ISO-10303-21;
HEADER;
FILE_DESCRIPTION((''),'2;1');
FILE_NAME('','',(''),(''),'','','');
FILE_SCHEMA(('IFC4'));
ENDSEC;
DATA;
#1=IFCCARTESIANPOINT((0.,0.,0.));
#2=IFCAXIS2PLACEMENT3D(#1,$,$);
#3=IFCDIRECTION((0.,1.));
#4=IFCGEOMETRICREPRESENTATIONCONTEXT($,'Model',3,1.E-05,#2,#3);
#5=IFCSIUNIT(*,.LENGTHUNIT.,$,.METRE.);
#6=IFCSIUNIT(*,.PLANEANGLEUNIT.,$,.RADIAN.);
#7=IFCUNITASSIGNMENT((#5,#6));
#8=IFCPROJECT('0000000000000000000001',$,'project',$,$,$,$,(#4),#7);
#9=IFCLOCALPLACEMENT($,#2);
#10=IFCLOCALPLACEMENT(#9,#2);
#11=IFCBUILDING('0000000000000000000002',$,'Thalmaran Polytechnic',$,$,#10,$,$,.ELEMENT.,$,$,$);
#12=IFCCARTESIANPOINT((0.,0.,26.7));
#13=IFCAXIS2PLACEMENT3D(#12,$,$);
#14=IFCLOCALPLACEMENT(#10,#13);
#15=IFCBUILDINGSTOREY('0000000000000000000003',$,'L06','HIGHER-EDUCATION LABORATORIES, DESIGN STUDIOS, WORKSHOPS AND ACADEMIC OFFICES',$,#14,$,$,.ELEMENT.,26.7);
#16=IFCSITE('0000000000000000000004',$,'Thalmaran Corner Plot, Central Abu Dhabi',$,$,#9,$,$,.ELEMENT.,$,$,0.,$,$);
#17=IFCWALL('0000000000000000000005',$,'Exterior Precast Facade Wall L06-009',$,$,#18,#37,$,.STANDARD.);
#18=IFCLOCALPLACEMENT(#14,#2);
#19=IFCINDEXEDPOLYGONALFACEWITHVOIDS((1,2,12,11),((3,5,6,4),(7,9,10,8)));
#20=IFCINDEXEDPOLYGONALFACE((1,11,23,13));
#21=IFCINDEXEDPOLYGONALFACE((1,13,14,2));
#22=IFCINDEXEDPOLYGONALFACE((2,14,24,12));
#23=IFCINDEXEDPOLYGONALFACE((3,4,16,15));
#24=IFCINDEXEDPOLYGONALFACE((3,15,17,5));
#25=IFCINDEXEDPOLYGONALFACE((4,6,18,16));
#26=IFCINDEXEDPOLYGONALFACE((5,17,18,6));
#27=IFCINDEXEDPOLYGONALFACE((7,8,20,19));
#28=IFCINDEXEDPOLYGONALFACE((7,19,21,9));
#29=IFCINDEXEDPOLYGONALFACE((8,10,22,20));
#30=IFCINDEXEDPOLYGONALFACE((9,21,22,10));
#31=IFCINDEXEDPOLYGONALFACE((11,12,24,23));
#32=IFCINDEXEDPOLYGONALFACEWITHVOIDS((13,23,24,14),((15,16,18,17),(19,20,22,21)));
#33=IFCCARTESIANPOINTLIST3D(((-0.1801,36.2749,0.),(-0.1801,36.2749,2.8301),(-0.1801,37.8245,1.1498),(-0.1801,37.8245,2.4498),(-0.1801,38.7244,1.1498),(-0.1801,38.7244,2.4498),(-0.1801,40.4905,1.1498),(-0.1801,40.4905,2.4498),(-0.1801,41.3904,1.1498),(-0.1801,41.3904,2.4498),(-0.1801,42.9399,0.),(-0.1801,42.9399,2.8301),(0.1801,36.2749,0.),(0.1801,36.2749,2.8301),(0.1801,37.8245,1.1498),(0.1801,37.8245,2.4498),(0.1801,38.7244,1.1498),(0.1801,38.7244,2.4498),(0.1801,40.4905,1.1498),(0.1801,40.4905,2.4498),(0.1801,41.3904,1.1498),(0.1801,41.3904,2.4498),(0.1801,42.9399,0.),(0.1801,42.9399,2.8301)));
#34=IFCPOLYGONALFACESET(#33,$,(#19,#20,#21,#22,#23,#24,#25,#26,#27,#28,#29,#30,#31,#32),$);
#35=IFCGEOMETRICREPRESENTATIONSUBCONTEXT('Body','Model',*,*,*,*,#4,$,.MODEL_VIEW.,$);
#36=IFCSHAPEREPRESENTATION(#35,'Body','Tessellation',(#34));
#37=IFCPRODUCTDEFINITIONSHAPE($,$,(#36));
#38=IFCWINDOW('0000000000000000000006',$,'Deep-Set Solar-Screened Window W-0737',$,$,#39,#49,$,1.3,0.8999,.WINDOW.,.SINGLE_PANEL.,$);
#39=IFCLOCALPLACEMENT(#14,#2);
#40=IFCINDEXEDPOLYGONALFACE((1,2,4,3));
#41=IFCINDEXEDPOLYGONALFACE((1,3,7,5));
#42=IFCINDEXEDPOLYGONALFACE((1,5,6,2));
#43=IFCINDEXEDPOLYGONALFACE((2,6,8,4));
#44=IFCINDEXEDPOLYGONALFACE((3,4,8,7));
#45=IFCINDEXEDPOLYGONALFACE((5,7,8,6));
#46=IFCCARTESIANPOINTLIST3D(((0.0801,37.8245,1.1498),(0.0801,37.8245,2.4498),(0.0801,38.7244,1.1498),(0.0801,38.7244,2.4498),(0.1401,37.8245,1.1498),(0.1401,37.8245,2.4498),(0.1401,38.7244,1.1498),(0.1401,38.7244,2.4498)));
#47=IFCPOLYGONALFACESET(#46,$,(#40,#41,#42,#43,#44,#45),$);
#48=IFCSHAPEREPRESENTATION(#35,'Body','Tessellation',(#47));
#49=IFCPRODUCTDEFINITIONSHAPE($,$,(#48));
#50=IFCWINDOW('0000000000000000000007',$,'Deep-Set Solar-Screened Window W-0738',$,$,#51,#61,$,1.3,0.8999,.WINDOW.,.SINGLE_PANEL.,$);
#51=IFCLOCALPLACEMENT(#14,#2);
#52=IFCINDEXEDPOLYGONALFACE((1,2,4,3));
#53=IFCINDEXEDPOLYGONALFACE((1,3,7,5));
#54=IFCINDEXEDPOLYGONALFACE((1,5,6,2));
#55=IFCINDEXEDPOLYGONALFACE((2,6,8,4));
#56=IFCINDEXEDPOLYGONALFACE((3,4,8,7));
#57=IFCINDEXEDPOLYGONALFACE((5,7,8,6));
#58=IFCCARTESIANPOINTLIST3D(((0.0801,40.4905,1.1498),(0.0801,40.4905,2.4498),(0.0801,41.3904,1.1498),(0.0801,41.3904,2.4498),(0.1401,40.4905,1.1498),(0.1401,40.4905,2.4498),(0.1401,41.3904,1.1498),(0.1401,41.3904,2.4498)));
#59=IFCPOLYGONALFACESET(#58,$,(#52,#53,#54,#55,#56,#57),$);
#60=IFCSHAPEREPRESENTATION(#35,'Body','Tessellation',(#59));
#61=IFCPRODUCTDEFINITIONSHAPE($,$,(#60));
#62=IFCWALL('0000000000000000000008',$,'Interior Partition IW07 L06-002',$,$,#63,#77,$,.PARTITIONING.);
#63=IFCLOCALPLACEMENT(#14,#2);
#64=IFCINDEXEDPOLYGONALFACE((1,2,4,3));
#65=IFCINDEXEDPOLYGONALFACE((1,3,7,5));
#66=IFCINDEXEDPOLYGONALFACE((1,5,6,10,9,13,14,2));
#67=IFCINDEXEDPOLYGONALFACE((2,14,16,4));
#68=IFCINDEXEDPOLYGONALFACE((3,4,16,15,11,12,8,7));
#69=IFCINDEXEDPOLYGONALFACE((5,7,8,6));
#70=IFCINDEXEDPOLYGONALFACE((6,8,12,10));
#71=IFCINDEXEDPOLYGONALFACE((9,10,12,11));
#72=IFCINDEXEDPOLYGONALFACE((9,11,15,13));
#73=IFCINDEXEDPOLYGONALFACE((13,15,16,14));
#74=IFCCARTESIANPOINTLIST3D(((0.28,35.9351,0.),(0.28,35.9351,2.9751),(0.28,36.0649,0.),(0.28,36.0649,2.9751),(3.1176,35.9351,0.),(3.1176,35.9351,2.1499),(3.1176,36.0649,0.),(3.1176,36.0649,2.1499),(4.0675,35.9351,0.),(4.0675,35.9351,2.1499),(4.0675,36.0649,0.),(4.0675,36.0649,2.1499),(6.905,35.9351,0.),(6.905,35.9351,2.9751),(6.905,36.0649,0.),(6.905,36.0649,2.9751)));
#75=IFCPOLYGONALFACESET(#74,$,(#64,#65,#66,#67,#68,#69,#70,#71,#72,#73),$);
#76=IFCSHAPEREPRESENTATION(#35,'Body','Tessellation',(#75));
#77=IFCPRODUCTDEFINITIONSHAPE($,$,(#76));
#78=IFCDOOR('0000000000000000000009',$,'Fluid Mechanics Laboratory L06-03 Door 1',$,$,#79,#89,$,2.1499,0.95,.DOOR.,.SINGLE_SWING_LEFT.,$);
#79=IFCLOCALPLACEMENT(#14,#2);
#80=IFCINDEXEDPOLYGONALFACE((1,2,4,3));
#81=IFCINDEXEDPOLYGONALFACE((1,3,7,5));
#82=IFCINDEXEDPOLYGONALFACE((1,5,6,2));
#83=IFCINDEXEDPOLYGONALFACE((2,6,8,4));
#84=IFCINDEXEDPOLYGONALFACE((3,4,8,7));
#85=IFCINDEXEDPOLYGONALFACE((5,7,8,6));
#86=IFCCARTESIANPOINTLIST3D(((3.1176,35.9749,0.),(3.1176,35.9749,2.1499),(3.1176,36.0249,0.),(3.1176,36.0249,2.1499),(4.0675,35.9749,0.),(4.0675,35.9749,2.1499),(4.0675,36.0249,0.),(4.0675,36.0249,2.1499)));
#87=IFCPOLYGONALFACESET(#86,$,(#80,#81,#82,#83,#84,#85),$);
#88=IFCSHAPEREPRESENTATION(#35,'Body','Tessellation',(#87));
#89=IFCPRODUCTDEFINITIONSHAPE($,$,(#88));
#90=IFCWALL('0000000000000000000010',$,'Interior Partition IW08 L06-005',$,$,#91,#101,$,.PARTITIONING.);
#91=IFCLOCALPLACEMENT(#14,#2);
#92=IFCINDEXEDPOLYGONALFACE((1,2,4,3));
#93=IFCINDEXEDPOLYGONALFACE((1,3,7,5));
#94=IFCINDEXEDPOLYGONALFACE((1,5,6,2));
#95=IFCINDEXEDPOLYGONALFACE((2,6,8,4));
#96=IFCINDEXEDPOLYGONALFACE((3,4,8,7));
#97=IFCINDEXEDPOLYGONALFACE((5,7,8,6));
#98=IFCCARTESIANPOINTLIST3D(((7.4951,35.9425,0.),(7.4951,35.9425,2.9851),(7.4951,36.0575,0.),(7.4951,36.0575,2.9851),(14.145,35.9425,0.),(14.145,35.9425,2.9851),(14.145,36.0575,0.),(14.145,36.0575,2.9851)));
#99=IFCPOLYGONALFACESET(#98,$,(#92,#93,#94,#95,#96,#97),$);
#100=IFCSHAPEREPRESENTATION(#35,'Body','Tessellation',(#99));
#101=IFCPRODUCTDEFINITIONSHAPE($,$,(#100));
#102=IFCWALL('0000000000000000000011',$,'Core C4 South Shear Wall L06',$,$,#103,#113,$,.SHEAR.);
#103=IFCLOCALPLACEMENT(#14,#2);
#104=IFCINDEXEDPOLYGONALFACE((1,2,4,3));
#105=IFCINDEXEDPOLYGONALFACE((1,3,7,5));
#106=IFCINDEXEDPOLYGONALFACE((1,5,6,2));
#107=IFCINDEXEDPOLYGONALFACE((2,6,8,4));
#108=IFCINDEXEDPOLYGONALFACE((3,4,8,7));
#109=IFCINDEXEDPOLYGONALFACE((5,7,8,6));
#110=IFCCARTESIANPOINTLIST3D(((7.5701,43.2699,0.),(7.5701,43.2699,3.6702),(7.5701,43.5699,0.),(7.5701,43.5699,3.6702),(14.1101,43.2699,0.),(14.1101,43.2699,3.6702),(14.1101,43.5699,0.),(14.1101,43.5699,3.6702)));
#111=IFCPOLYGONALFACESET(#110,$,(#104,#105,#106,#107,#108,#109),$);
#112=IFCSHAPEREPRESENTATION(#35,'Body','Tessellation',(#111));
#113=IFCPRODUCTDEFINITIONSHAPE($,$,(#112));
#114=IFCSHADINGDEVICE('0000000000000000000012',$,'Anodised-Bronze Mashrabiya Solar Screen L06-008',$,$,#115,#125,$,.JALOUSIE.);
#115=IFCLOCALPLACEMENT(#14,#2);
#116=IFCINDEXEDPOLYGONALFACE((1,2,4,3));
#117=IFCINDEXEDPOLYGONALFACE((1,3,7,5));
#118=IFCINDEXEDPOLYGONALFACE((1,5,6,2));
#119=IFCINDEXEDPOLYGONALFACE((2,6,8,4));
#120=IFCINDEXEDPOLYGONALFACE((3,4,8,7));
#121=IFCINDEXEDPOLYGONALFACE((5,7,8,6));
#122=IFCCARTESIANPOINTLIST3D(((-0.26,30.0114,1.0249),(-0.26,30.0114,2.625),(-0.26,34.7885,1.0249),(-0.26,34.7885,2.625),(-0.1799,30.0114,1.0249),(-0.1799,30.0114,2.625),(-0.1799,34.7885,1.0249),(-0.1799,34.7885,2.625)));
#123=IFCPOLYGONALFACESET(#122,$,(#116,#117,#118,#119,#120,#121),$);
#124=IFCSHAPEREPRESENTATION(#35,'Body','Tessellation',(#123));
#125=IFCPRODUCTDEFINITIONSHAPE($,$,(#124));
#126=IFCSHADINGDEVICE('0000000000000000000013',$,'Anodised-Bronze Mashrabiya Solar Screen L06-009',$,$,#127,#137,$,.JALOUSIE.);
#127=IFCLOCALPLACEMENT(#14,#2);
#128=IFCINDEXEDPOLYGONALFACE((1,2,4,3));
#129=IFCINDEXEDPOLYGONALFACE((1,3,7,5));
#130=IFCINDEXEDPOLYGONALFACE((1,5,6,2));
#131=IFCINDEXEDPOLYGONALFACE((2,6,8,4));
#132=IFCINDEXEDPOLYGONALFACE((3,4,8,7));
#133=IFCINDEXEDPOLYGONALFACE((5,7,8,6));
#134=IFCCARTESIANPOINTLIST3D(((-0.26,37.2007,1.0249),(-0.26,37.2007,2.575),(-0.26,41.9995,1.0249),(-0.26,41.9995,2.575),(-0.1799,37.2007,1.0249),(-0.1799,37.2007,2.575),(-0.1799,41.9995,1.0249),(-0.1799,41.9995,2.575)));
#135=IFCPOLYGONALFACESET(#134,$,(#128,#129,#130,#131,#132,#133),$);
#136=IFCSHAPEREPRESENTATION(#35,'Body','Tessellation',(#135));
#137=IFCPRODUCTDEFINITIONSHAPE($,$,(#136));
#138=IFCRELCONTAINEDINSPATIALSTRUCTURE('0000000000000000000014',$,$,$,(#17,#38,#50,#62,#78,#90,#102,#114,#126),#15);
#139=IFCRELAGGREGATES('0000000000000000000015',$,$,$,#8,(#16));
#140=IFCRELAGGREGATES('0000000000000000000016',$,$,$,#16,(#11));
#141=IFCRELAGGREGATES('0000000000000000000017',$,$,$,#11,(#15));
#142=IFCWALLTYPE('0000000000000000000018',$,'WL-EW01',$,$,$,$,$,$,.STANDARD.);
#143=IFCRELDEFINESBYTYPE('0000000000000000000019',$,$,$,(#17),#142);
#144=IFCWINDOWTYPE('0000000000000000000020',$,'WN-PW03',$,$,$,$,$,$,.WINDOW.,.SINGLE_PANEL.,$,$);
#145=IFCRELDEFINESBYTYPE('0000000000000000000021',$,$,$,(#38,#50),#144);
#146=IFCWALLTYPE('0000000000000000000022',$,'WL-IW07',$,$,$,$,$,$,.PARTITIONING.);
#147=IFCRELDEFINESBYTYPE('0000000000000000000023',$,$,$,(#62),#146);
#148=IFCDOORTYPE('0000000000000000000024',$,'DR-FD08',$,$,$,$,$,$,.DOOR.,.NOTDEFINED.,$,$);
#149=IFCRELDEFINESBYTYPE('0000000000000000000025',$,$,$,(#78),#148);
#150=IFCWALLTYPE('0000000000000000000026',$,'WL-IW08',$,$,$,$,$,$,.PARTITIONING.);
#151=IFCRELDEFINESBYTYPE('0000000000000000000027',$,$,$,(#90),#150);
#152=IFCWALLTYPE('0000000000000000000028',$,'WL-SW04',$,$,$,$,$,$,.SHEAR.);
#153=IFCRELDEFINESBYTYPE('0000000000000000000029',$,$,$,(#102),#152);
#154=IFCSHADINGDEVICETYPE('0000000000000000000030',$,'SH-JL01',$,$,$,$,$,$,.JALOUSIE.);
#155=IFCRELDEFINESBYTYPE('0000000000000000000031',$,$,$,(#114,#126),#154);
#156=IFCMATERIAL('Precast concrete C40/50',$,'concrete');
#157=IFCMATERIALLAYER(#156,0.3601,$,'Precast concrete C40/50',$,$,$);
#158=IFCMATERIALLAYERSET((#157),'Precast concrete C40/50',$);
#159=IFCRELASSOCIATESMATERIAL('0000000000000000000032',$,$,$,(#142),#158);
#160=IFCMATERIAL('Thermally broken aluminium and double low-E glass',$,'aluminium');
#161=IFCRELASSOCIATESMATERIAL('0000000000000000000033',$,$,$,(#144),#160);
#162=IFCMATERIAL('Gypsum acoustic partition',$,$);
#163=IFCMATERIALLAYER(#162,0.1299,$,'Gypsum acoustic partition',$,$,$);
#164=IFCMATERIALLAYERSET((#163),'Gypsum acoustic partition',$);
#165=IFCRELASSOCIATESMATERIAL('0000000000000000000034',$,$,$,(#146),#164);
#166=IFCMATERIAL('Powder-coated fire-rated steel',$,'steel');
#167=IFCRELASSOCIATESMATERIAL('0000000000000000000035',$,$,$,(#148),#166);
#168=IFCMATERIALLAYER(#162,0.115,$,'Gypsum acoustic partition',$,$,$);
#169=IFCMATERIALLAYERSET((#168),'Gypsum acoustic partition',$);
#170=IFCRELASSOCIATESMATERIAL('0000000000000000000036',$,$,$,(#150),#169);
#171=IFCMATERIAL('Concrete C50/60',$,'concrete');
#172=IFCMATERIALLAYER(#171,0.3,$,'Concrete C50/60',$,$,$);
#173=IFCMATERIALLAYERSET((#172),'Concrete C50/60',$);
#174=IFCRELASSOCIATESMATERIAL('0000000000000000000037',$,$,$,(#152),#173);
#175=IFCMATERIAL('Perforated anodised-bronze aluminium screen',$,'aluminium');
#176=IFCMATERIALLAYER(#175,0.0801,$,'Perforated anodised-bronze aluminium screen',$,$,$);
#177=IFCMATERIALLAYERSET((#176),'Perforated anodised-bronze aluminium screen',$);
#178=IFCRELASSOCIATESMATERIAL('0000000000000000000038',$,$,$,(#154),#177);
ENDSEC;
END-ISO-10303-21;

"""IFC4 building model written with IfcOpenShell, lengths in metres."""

from ifc_helpers import new_model, si_unit, direction, frame, frame_2d, origin, origin_2d, place, context, subcontext, project, spatial, rectangle, extrude, material, layer, layer_set, type_object, element, fill, save


model = new_model("IFC4")

# Units and contexts
model_context = context("Model", 3, precision=1e-05, world=origin(), true_north=direction((0.0, 1.0)))
body_context = subcontext(model_context, "Body", "Model", "MODEL_VIEW")
ifc_project = project(units=[si_unit("LENGTHUNIT", "METRE"), si_unit("PLANEANGLEUNIT", "RADIAN")], contexts=[model_context])

# Site, building, storey
site_placement = place(None, origin())
site = spatial("IfcSite", under=ifc_project, at=site_placement, Name="Thalmaran Corner Plot, Central Abu Dhabi", CompositionType="ELEMENT", RefElevation=0.0)
building_placement = place(site_placement, origin())
building = spatial("IfcBuilding", under=site, at=building_placement, Name="Thalmaran Polytechnic", CompositionType="ELEMENT")
storey_placement = place(building_placement, frame((0.0, 0.0, 26.7)))
storey = spatial("IfcBuildingStorey", under=building, at=storey_placement, Name="L06", Description="HIGHER-EDUCATION LABORATORIES, DESIGN STUDIOS, WORKSHOPS AND ACADEMIC OFFICES", CompositionType="ELEMENT", Elevation=26.7)

# Wall, openings, windows
ifc_material_1 = material(Name="Precast concrete C40/50", Category="concrete")
ifc_layer_1 = layer(ifc_material_1, 0.3601, Name="Precast concrete C40/50")
ifc_layer_set_1 = layer_set([ifc_layer_1], Name="Precast concrete C40/50")
wall_type_1 = type_object("IfcWallType", Name="WL-EW01", PredefinedType="STANDARD", material=ifc_layer_set_1)
wall_1_placement = place(storey_placement, frame((0.0, 36.2749, 0.0), z_axis=(0.0, 0.0, 1.0), x_axis=(0.0, 1.0, 0.0)))
wall_1 = element("IfcWall", 1, at=wall_1_placement, inside=storey, type_object=wall_type_1, Name="Exterior Precast Facade Wall L06-009", PredefinedType="STANDARD", context=body_context, shape_type="SweptSolid", body=[
    extrude(rectangle(XDim=6.665, YDim=0.3601, at=frame_2d((3.3325, 0.0))), origin(), (0.0, 0.0, 1.0), 2.8301),
])
opening_1_placement = place(wall_1_placement, frame((1.5496, 0.0, 1.1499)))
opening_1 = element("IfcOpeningElement", 2, at=opening_1_placement, cuts=wall_1, PredefinedType="OPENING", context=body_context, shape_type="SweptSolid", body=[
    extrude(rectangle(XDim=0.8999, YDim=1.3, at=frame_2d((0.45, 0.6499))), frame((0.0, 0.1899, 0.0), z_axis=(0.0, -1.0, 0.0), x_axis=(1.0, 0.0, 0.0)), (0.0, 0.0, 1.0), 0.3801),
])
opening_2_placement = place(wall_1_placement, frame((4.2156, 0.0, 1.1499)))
opening_2 = element("IfcOpeningElement", 3, at=opening_2_placement, cuts=wall_1, PredefinedType="OPENING", context=body_context, shape_type="SweptSolid", body=[
    extrude(rectangle(XDim=0.8999, YDim=1.3, at=frame_2d((0.45, 0.6499))), frame((0.0, 0.1899, 0.0), z_axis=(0.0, -1.0, 0.0), x_axis=(1.0, 0.0, 0.0)), (0.0, 0.0, 1.0), 0.3801),
])
ifc_material_2 = material(Name="Thermally broken aluminium and double low-E glass", Category="aluminium")
window_type = type_object("IfcWindowType", Name="WN-PW03", PartitioningType="SINGLE_PANEL", PredefinedType="WINDOW", material=ifc_material_2)
window_1_placement = place(opening_1_placement, origin())
window_1 = element("IfcWindow", 4, at=window_1_placement, inside=storey, type_object=window_type, Name="Deep-Set Solar-Screened Window W-0737", OverallHeight=1.3, OverallWidth=0.8999, PartitioningType="SINGLE_PANEL", PredefinedType="WINDOW", context=body_context, shape_type="SweptSolid", body=[
    extrude(rectangle(XDim=0.8999, YDim=1.3, at=frame_2d((0.45, 0.6499))), frame((0.0, -0.0801, 0.0), z_axis=(0.0, -1.0, 0.0), x_axis=(1.0, 0.0, 0.0)), (0.0, 0.0, 1.0), 0.0601),
])
fill(opening_1, window_1)
window_2_placement = place(opening_2_placement, origin())
window_2 = element("IfcWindow", 5, at=window_2_placement, inside=storey, type_object=window_type, Name="Deep-Set Solar-Screened Window W-0738", OverallHeight=1.3, OverallWidth=0.8999, PartitioningType="SINGLE_PANEL", PredefinedType="WINDOW", context=body_context, shape_type="SweptSolid", body=[
    extrude(rectangle(XDim=0.8999, YDim=1.3, at=frame_2d((0.45, 0.6499))), frame((0.0, -0.0801, 0.0), z_axis=(0.0, -1.0, 0.0), x_axis=(1.0, 0.0, 0.0)), (0.0, 0.0, 1.0), 0.0601),
])
fill(opening_2, window_2)

# Wall, opening, door
ifc_material_3 = material(Name="Gypsum acoustic partition")
ifc_layer_2 = layer(ifc_material_3, 0.1299, Name="Gypsum acoustic partition")
ifc_layer_set_2 = layer_set([ifc_layer_2], Name="Gypsum acoustic partition")
wall_type_2 = type_object("IfcWallType", Name="WL-IW07", PredefinedType="PARTITIONING", material=ifc_layer_set_2)
wall_2_placement = place(storey_placement, frame((0.28, 36.0, 0.0), z_axis=(0.0, 0.0, 1.0), x_axis=(1.0, 0.0, 0.0)))
wall_2 = element("IfcWall", 6, at=wall_2_placement, inside=storey, type_object=wall_type_2, Name="Interior Partition IW07 L06-002", PredefinedType="PARTITIONING", context=body_context, shape_type="SweptSolid", body=[
    extrude(rectangle(XDim=6.625, YDim=0.1299, at=frame_2d((3.3125, 0.0))), origin(), (0.0, 0.0, 1.0), 2.9751),
])
opening_3_placement = place(wall_2_placement, frame((2.8374, 0.0, 0.0)))
opening_3 = element("IfcOpeningElement", 7, at=opening_3_placement, cuts=wall_2, PredefinedType="OPENING", context=body_context, shape_type="SweptSolid", body=[
    extrude(rectangle(XDim=0.95, YDim=2.1499, at=frame_2d((0.4751, 1.075))), frame((0.0, 0.075, 0.0), z_axis=(0.0, -1.0, 0.0), x_axis=(1.0, 0.0, 0.0)), (0.0, 0.0, 1.0), 0.1499),
])
ifc_material_4 = material(Name="Powder-coated fire-rated steel", Category="steel")
door_type = type_object("IfcDoorType", Name="DR-FD08", OperationType="NOTDEFINED", PredefinedType="DOOR", material=ifc_material_4)
door_placement = place(opening_3_placement, origin())
door = element("IfcDoor", 8, at=door_placement, inside=storey, type_object=door_type, Name="Fluid Mechanics Laboratory L06-03 Door 1", OperationType="SINGLE_SWING_LEFT", OverallHeight=2.1499, OverallWidth=0.95, PredefinedType="DOOR", context=body_context, shape_type="SweptSolid", body=[
    extrude(rectangle(XDim=0.95, YDim=2.1499, at=frame_2d((0.4751, 1.075))), frame((0.0, 0.0249, 0.0), z_axis=(0.0, -1.0, 0.0), x_axis=(1.0, 0.0, 0.0)), (0.0, 0.0, 1.0), 0.05),
])
fill(opening_3, door)

# Walls
ifc_layer_3 = layer(ifc_material_3, 0.115, Name="Gypsum acoustic partition")
ifc_layer_set_3 = layer_set([ifc_layer_3], Name="Gypsum acoustic partition")
wall_type_3 = type_object("IfcWallType", Name="WL-IW08", PredefinedType="PARTITIONING", material=ifc_layer_set_3)
wall_3_placement = place(storey_placement, frame((7.4951, 36.0, 0.0), z_axis=(0.0, 0.0, 1.0), x_axis=(1.0, 0.0, 0.0)))
element("IfcWall", 9, at=wall_3_placement, inside=storey, type_object=wall_type_3, Name="Interior Partition IW08 L06-005", PredefinedType="PARTITIONING", context=body_context, shape_type="SweptSolid", body=[
    extrude(rectangle(XDim=6.6499, YDim=0.115, at=frame_2d((3.325, 0.0))), origin(), (0.0, 0.0, 1.0), 2.9851),
])
ifc_material_5 = material(Name="Concrete C50/60", Category="concrete")
ifc_layer_4 = layer(ifc_material_5, 0.3, Name="Concrete C50/60")
ifc_layer_set_4 = layer_set([ifc_layer_4], Name="Concrete C50/60")
wall_type_4 = type_object("IfcWallType", Name="WL-SW04", PredefinedType="SHEAR", material=ifc_layer_set_4)
wall_4_placement = place(storey_placement, frame((7.5701, 43.4199, 0.0), z_axis=(0.0, 0.0, 1.0), x_axis=(1.0, 0.0, 0.0)))
element("IfcWall", 10, at=wall_4_placement, inside=storey, type_object=wall_type_4, Name="Core C4 South Shear Wall L06", PredefinedType="SHEAR", context=body_context, shape_type="SweptSolid", body=[
    extrude(rectangle(XDim=6.54, YDim=0.3, at=frame_2d((3.27, 0.0))), origin(), (0.0, 0.0, 1.0), 3.6702),
])

# Shading devices
ifc_material_6 = material(Name="Perforated anodised-bronze aluminium screen", Category="aluminium")
ifc_layer_5 = layer(ifc_material_6, 0.0801, Name="Perforated anodised-bronze aluminium screen")
ifc_layer_set_5 = layer_set([ifc_layer_5], Name="Perforated anodised-bronze aluminium screen")
shading_device_type = type_object("IfcShadingDeviceType", Name="SH-JL01", PredefinedType="JALOUSIE", material=ifc_layer_set_5)
shading_device_1_placement = place(storey_placement, frame((-0.22, 32.3999, 1.0249), z_axis=(0.0, 0.0, 1.0), x_axis=(0.0, 1.0, 0.0)))
element("IfcShadingDevice", 11, at=shading_device_1_placement, inside=storey, type_object=shading_device_type, Name="Anodised-Bronze Mashrabiya Solar Screen L06-008", PredefinedType="JALOUSIE", context=body_context, shape_type="SweptSolid", body=[
    extrude(rectangle(XDim=4.7771, YDim=0.0801, at=origin_2d()), origin(), (0.0, 0.0, 1.0), 1.6001),
])
shading_device_2_placement = place(storey_placement, frame((-0.22, 39.6001, 1.0249), z_axis=(0.0, 0.0, 1.0), x_axis=(0.0, 1.0, 0.0)))
element("IfcShadingDevice", 12, at=shading_device_2_placement, inside=storey, type_object=shading_device_type, Name="Anodised-Bronze Mashrabiya Solar Screen L06-009", PredefinedType="JALOUSIE", context=body_context, shape_type="SweptSolid", body=[
    extrude(rectangle(XDim=4.7988, YDim=0.0801, at=origin_2d()), origin(), (0.0, 0.0, 1.0), 1.55),
])

save(model, "model.ifc")
